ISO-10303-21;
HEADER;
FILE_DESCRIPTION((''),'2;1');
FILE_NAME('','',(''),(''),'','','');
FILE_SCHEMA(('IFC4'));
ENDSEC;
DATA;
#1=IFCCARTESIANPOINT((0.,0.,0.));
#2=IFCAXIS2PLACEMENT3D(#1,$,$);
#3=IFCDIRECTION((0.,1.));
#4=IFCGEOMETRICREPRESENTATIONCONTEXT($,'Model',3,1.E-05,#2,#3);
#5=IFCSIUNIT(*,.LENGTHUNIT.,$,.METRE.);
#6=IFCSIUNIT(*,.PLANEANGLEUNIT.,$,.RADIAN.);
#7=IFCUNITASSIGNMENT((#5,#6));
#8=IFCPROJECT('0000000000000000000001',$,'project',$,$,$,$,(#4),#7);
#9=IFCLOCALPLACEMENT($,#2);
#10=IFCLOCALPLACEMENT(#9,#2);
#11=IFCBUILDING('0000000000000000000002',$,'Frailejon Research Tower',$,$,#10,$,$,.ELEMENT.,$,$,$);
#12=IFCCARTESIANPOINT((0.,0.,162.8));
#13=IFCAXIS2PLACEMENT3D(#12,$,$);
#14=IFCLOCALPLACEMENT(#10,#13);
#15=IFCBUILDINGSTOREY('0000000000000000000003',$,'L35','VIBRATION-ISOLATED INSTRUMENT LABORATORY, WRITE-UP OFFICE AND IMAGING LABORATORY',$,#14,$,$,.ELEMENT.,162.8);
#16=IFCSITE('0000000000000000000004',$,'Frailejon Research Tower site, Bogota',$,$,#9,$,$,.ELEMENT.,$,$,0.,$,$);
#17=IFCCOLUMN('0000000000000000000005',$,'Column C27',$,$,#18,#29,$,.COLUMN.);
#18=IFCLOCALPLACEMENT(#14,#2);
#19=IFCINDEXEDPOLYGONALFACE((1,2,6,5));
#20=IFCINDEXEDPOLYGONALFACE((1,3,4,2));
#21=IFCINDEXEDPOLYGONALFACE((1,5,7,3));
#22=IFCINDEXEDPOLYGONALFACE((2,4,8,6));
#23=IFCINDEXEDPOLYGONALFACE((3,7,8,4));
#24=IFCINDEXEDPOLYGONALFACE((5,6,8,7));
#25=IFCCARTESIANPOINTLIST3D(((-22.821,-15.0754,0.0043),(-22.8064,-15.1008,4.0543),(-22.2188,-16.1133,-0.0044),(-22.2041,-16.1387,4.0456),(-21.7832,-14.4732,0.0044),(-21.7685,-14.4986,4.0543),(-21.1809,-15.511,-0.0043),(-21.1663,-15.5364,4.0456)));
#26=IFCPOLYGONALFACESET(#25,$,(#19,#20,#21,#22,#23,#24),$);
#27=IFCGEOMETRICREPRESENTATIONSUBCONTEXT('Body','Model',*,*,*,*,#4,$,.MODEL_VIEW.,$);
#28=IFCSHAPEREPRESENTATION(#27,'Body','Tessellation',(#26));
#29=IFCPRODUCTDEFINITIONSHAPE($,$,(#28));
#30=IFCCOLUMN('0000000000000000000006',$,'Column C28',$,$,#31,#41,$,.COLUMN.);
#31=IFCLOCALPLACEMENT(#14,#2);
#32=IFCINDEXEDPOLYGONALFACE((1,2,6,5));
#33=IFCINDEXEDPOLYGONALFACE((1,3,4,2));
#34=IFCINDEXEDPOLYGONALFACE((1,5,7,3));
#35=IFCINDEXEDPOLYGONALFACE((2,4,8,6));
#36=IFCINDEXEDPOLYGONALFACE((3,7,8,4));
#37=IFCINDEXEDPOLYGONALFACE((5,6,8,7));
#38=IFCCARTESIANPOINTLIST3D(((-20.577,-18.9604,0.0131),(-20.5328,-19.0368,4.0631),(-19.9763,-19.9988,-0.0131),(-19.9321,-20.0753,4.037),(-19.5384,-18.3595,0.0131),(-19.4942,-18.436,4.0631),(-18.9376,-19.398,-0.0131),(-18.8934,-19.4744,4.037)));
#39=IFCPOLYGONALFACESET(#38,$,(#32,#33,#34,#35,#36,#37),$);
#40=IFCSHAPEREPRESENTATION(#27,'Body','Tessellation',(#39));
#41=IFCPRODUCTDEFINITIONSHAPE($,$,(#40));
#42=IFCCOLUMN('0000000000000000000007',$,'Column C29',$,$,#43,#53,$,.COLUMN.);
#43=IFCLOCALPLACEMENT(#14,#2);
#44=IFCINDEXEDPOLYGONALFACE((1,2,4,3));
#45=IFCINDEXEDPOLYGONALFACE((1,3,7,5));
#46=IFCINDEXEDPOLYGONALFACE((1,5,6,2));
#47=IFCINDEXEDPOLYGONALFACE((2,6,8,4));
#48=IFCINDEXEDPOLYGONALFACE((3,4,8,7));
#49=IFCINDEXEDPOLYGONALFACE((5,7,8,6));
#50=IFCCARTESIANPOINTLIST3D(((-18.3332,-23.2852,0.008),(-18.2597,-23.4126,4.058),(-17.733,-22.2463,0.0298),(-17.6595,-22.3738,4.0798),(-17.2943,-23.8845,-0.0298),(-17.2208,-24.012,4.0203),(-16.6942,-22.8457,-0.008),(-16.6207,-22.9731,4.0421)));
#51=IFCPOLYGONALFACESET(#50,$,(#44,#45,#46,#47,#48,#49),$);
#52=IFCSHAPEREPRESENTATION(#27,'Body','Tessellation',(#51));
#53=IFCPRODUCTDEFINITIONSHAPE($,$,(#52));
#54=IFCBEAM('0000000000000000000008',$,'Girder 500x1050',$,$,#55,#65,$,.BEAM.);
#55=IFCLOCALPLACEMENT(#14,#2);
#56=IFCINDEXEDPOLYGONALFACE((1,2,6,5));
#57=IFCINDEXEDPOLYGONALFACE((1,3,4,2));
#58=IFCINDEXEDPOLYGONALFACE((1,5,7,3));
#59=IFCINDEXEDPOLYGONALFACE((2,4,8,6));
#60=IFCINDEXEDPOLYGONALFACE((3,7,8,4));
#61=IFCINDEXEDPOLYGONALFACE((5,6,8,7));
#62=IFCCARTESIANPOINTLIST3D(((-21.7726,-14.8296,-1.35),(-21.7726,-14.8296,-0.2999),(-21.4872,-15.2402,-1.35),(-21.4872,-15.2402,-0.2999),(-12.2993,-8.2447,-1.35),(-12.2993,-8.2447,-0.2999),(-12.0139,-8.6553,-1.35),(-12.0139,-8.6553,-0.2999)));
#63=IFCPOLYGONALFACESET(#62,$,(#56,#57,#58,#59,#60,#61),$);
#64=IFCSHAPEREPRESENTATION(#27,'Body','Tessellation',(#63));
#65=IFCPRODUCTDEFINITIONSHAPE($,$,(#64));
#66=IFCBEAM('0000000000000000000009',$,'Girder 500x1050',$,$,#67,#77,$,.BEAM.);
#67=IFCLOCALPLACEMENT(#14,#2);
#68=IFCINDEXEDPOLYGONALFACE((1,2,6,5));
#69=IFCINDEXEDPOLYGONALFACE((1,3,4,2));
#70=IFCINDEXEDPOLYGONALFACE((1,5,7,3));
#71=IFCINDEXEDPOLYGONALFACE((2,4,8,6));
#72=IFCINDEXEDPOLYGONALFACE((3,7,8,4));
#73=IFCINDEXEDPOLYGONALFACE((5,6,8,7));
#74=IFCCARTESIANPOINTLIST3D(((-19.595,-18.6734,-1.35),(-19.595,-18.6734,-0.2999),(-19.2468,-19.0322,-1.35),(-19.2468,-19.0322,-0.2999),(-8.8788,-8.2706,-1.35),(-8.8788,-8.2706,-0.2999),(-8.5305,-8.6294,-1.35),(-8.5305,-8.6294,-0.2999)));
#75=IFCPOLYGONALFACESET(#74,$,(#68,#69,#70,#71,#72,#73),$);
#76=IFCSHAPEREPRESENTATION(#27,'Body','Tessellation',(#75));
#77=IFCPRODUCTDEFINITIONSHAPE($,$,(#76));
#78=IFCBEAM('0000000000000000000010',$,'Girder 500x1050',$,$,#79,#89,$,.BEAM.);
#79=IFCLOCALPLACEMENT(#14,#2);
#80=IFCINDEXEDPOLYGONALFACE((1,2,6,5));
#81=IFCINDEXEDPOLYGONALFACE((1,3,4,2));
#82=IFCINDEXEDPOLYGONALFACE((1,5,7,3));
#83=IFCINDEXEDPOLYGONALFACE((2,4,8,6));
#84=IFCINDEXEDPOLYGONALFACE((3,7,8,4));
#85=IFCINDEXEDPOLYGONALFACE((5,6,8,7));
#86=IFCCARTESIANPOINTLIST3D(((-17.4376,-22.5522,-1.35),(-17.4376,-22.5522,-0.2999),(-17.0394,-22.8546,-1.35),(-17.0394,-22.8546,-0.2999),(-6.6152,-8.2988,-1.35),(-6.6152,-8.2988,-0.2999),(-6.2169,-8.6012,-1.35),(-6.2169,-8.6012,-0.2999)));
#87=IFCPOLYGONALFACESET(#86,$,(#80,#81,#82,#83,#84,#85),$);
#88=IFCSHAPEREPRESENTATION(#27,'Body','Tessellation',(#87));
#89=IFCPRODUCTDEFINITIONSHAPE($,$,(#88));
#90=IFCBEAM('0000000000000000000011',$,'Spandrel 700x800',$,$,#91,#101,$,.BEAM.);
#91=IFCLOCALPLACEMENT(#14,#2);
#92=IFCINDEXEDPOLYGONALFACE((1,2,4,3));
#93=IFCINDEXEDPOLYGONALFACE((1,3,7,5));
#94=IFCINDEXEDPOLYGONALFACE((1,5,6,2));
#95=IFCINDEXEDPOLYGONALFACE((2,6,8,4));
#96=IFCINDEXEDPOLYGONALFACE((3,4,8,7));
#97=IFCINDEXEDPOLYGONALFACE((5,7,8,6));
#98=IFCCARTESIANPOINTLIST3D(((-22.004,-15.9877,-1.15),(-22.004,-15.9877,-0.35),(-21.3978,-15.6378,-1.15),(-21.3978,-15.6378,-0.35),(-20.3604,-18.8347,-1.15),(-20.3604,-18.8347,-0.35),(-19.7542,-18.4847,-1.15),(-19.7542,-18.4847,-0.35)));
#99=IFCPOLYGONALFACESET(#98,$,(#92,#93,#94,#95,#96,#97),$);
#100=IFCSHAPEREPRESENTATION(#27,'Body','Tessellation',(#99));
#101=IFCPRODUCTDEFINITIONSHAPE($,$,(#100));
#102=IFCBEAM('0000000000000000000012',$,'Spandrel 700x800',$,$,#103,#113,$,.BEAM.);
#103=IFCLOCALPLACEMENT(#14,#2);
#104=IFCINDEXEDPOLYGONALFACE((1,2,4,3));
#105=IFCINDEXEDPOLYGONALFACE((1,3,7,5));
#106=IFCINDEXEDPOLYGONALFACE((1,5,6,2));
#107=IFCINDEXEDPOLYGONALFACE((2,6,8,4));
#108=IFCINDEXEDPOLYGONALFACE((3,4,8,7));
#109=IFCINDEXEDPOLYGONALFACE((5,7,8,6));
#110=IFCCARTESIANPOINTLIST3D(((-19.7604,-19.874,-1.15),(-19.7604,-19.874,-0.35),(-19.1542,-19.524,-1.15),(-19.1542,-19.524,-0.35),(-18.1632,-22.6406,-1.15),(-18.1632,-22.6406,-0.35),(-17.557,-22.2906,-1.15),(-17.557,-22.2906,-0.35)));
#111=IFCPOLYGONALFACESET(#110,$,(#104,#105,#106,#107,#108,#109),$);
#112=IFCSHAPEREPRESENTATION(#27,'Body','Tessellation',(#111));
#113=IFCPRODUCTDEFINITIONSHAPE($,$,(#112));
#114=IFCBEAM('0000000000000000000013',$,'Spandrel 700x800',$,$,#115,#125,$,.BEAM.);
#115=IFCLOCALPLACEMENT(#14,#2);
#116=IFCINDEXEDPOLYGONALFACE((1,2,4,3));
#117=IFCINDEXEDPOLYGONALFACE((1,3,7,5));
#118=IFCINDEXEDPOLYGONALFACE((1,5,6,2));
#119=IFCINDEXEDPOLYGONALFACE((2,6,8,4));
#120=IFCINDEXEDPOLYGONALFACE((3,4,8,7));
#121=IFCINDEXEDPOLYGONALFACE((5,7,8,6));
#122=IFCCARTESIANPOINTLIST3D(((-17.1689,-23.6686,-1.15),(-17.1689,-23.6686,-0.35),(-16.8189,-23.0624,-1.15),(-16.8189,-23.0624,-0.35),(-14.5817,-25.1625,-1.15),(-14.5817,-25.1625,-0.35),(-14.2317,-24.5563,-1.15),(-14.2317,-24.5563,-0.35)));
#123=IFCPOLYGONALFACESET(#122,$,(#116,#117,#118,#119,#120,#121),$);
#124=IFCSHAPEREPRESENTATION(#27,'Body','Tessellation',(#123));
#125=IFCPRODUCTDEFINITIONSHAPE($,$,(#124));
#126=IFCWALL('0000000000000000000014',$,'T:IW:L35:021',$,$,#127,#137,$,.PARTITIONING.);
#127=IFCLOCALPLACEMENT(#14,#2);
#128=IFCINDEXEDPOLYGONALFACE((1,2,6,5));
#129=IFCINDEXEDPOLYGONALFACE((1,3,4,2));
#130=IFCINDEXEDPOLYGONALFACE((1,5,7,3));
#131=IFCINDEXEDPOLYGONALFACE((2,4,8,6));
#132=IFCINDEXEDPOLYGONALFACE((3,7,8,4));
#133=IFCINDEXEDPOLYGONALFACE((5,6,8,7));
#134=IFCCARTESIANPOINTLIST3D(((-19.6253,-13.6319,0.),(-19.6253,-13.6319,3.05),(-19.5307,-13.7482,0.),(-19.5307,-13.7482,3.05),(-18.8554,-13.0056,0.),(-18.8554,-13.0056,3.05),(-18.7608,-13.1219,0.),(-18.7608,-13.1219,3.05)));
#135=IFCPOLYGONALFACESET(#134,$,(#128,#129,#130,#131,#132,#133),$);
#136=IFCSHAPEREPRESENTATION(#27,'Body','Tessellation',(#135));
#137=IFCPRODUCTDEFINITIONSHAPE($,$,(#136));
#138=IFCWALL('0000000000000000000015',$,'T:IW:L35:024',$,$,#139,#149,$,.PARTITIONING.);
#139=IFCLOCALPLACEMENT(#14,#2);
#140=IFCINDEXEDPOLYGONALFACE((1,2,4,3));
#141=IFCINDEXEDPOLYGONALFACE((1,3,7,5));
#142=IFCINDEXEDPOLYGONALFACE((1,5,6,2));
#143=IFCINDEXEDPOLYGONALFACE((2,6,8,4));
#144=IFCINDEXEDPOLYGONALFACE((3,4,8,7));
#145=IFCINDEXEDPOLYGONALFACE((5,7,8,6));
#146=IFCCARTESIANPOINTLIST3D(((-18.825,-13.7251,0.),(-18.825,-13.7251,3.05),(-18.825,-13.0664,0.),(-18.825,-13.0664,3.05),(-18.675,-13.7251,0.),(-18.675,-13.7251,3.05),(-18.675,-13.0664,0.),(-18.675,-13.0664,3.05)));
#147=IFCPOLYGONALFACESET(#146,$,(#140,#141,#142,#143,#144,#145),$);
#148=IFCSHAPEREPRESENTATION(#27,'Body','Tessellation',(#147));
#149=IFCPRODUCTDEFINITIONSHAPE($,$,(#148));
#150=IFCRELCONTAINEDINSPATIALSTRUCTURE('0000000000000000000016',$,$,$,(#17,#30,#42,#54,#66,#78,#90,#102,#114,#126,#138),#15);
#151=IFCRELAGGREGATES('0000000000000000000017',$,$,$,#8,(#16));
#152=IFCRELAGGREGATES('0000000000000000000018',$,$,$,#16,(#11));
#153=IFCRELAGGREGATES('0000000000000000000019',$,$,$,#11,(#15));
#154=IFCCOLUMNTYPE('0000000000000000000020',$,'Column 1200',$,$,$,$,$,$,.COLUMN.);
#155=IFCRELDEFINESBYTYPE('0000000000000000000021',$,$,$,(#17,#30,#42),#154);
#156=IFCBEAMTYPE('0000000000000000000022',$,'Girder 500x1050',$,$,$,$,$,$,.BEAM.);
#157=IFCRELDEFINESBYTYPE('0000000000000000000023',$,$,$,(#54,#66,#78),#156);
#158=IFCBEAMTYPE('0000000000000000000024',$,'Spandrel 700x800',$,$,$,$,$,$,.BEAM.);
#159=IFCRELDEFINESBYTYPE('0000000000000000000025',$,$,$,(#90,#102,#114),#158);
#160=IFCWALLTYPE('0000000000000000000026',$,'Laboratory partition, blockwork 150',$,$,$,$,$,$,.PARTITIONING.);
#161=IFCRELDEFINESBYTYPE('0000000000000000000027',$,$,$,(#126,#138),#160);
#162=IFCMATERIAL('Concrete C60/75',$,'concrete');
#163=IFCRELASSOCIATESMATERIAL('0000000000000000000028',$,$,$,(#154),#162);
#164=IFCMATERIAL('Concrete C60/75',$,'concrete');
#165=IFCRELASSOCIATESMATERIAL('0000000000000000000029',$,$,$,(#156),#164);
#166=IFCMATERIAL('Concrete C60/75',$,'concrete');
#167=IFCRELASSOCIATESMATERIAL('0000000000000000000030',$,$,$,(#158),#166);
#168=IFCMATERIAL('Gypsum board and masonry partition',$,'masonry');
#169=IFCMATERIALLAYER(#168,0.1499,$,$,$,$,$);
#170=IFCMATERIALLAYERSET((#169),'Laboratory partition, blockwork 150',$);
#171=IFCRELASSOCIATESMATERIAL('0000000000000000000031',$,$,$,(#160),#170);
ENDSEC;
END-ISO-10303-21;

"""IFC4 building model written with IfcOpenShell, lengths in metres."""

from ifc_helpers import new_model, si_unit, direction, frame, frame_2d, origin, origin_2d, place, context, subcontext, project, spatial, rectangle, extrude, material, layer, layer_set, material_profile, profile_set, type_object, element, save


model = new_model("IFC4")

# Units and contexts
model_context = context("Model", 3, precision=1e-05, world=origin(), true_north=direction((0.0, 1.0)))
body_context = subcontext(model_context, "Body", "Model", "MODEL_VIEW")
ifc_project = project(units=[si_unit("LENGTHUNIT", "METRE"), si_unit("PLANEANGLEUNIT", "RADIAN")], contexts=[model_context])

# Site, building, storey
site_placement = place(None, origin())
site = spatial("IfcSite", under=ifc_project, at=site_placement, Name="Frailejon Research Tower site, Bogota", CompositionType="ELEMENT", RefElevation=0.0)
building_placement = place(site_placement, origin())
building = spatial("IfcBuilding", under=site, at=building_placement, Name="Frailejon Research Tower", CompositionType="ELEMENT")
storey_placement = place(building_placement, frame((0.0, 0.0, 162.8)))
storey = spatial("IfcBuildingStorey", under=building, at=storey_placement, Name="L35", Description="VIBRATION-ISOLATED INSTRUMENT LABORATORY, WRITE-UP OFFICE AND IMAGING LABORATORY", CompositionType="ELEMENT", Elevation=162.8)

# Columns
ifc_material_1 = material(Name="Concrete C60/75", Category="concrete")
ifc_material_profile_1 = material_profile(ifc_material_1, rectangle(XDim=1.2, YDim=1.2, at=origin_2d()), Name="Column 1200")
ifc_profile_set_1 = profile_set([ifc_material_profile_1], Name="Concrete C60/75")
column_type = type_object("IfcColumnType", Name="Column 1200", PredefinedType="COLUMN", material=ifc_profile_set_1)
column_1_placement = place(storey_placement, frame((-22.001, -15.2932, 0.0), z_axis=(0.003617, -0.006269, 0.999974), x_axis=(0.501883, -0.864905, -0.007238)))
element("IfcColumn", 1, at=column_1_placement, inside=storey, type_object=column_type, Name="Column C27", PredefinedType="COLUMN", context=body_context, shape_type="SweptSolid", body=[
    extrude(rectangle(XDim=1.2, YDim=1.2, at=origin_2d()), origin(), (0.0, 0.0, 1.0), 4.05),
])
column_2_placement = place(storey_placement, frame((-19.7573, -19.1792, 0.0), z_axis=(0.010908, -0.018863, 0.999763), x_axis=(0.500638, -0.865382, -0.02179)))
element("IfcColumn", 2, at=column_2_placement, inside=storey, type_object=column_type, Name="Column C28", PredefinedType="COLUMN", context=body_context, shape_type="SweptSolid", body=[
    extrude(rectangle(XDim=1.2, YDim=1.2, at=origin_2d()), origin(), (0.0, 0.0, 1.0), 4.051),
])
column_3_placement = place(storey_placement, frame((-17.5137, -23.0654, 0.0), z_axis=(0.018133, -0.031446, 0.999341), x_axis=(0.865741, -0.499505, -0.031426)))
element("IfcColumn", 3, at=column_3_placement, inside=storey, type_object=column_type, Name="Column C29", PredefinedType="COLUMN", context=body_context, shape_type="SweptSolid", body=[
    extrude(rectangle(XDim=1.2, YDim=1.2, at=origin_2d()), origin(), (0.0, 0.0, 1.0), 4.0527),
])

# Beams
ifc_material_2 = material(Name="Concrete C60/75", Category="concrete")
ifc_material_profile_2 = material_profile(ifc_material_2, rectangle(XDim=0.5, YDim=1.05, at=origin_2d()), Name="Girder 500x1050")
ifc_profile_set_2 = profile_set([ifc_material_profile_2], Name="Concrete C60/75")
beam_type_1 = type_object("IfcBeamType", Name="Girder 500x1050", PredefinedType="BEAM", material=ifc_profile_set_2)
beam_1_placement = place(storey_placement, frame((-21.6299, -15.0349, -0.825), z_axis=(0.821117, 0.570759, 0.0), x_axis=(-0.570759, 0.821117, 0.0)))
element("IfcBeam", 4, at=beam_1_placement, inside=storey, type_object=beam_type_1, Name="Girder 500x1050", PredefinedType="BEAM", context=body_context, shape_type="SweptSolid", body=[
    extrude(rectangle(XDim=0.5, YDim=1.05, at=origin_2d()), origin(), (0.0, 0.0, 1.0), 11.5371),
])
beam_2_placement = place(storey_placement, frame((-19.4209, -18.8528, -0.825), z_axis=(0.717524, 0.696534, 0.0), x_axis=(-0.696534, 0.717524, 0.0)))
element("IfcBeam", 5, at=beam_2_placement, inside=storey, type_object=beam_type_1, Name="Girder 500x1050", PredefinedType="BEAM", context=body_context, shape_type="SweptSolid", body=[
    extrude(rectangle(XDim=0.5, YDim=1.05, at=origin_2d()), origin(), (0.0, 0.0, 1.0), 14.9351),
])
beam_3_placement = place(storey_placement, frame((-17.2385, -22.7034, -0.825), z_axis=(0.604726, 0.796434, 0.0), x_axis=(-0.796434, 0.604726, 0.0)))
element("IfcBeam", 6, at=beam_3_placement, inside=storey, type_object=beam_type_1, Name="Girder 500x1050", PredefinedType="BEAM", context=body_context, shape_type="SweptSolid", body=[
    extrude(rectangle(XDim=0.5, YDim=1.05, at=origin_2d()), origin(), (0.0, 0.0, 1.0), 17.8965),
])
ifc_material_3 = material(Name="Concrete C60/75", Category="concrete")
ifc_material_profile_3 = material_profile(ifc_material_3, rectangle(XDim=0.7, YDim=0.8, at=origin_2d()), Name="Spandrel 700x800")
ifc_profile_set_3 = profile_set([ifc_material_profile_3], Name="Concrete C60/75")
beam_type_2 = type_object("IfcBeamType", Name="Spandrel 700x800", PredefinedType="BEAM", material=ifc_profile_set_3)
beam_4_placement = place(storey_placement, frame((-21.7009, -15.8127, -0.75), z_axis=(0.499973, -0.866041, 0.0), x_axis=(0.866041, 0.499973, 0.0)))
element("IfcBeam", 7, at=beam_4_placement, inside=storey, type_object=beam_type_2, Name="Spandrel 700x800", PredefinedType="BEAM", context=body_context, shape_type="SweptSolid", body=[
    extrude(rectangle(XDim=0.7, YDim=0.8, at=origin_2d()), origin(), (0.0, 0.0, 1.0), 3.2874),
])
beam_5_placement = place(storey_placement, frame((-19.4573, -19.699, -0.75), z_axis=(0.499969, -0.866043, 0.0), x_axis=(0.866043, 0.499969, 0.0)))
element("IfcBeam", 8, at=beam_5_placement, inside=storey, type_object=beam_type_2, Name="Spandrel 700x800", PredefinedType="BEAM", context=body_context, shape_type="SweptSolid", body=[
    extrude(rectangle(XDim=0.7, YDim=0.8, at=origin_2d()), origin(), (0.0, 0.0, 1.0), 3.1946),
])
beam_6_placement = place(storey_placement, frame((-16.9939, -23.3655, -0.75), z_axis=(0.865996, -0.50005, 0.0), x_axis=(0.50005, 0.865996, 0.0)))
element("IfcBeam", 9, at=beam_6_placement, inside=storey, type_object=beam_type_2, Name="Spandrel 700x800", PredefinedType="BEAM", context=body_context, shape_type="SweptSolid", body=[
    extrude(rectangle(XDim=0.7, YDim=0.8, at=origin_2d()), origin(), (0.0, 0.0, 1.0), 2.9875),
])

# Walls
ifc_material_4 = material(Name="Gypsum board and masonry partition", Category="masonry")
ifc_layer_1 = layer(ifc_material_4, 0.1499)
ifc_layer_set_1 = layer_set([ifc_layer_1], Name="Laboratory partition, blockwork 150")
wall_type_1 = type_object("IfcWallType", Name="Laboratory partition, blockwork 150", PredefinedType="PARTITIONING", material=ifc_layer_set_1)
wall_1_placement = place(storey_placement, frame((-19.5779, -13.6899, 0.0), z_axis=(0.0, 0.0, 1.0), x_axis=(0.77573, 0.631065, 0.0)))
element("IfcWall", 10, at=wall_1_placement, inside=storey, type_object=wall_type_1, Name="T:IW:L35:021", PredefinedType="PARTITIONING", context=body_context, shape_type="SweptSolid", body=[
    extrude(rectangle(XDim=0.9924, YDim=0.1499, at=frame_2d((0.4961, 0.0))), origin(), (0.0, 0.0, 1.0), 3.05),
])
wall_2_placement = place(storey_placement, frame((-18.75, -13.7251, 0.0), z_axis=(0.0, 0.0, 1.0), x_axis=(0.0, 1.0, 0.0)))
element("IfcWall", 11, at=wall_2_placement, inside=storey, type_object=wall_type_1, Name="T:IW:L35:024", PredefinedType="PARTITIONING", context=body_context, shape_type="SweptSolid", body=[
    extrude(rectangle(XDim=0.6587, YDim=0.1499, at=frame_2d((0.3293, 0.0))), origin(), (0.0, 0.0, 1.0), 3.05),
])

save(model, "model.ifc")
